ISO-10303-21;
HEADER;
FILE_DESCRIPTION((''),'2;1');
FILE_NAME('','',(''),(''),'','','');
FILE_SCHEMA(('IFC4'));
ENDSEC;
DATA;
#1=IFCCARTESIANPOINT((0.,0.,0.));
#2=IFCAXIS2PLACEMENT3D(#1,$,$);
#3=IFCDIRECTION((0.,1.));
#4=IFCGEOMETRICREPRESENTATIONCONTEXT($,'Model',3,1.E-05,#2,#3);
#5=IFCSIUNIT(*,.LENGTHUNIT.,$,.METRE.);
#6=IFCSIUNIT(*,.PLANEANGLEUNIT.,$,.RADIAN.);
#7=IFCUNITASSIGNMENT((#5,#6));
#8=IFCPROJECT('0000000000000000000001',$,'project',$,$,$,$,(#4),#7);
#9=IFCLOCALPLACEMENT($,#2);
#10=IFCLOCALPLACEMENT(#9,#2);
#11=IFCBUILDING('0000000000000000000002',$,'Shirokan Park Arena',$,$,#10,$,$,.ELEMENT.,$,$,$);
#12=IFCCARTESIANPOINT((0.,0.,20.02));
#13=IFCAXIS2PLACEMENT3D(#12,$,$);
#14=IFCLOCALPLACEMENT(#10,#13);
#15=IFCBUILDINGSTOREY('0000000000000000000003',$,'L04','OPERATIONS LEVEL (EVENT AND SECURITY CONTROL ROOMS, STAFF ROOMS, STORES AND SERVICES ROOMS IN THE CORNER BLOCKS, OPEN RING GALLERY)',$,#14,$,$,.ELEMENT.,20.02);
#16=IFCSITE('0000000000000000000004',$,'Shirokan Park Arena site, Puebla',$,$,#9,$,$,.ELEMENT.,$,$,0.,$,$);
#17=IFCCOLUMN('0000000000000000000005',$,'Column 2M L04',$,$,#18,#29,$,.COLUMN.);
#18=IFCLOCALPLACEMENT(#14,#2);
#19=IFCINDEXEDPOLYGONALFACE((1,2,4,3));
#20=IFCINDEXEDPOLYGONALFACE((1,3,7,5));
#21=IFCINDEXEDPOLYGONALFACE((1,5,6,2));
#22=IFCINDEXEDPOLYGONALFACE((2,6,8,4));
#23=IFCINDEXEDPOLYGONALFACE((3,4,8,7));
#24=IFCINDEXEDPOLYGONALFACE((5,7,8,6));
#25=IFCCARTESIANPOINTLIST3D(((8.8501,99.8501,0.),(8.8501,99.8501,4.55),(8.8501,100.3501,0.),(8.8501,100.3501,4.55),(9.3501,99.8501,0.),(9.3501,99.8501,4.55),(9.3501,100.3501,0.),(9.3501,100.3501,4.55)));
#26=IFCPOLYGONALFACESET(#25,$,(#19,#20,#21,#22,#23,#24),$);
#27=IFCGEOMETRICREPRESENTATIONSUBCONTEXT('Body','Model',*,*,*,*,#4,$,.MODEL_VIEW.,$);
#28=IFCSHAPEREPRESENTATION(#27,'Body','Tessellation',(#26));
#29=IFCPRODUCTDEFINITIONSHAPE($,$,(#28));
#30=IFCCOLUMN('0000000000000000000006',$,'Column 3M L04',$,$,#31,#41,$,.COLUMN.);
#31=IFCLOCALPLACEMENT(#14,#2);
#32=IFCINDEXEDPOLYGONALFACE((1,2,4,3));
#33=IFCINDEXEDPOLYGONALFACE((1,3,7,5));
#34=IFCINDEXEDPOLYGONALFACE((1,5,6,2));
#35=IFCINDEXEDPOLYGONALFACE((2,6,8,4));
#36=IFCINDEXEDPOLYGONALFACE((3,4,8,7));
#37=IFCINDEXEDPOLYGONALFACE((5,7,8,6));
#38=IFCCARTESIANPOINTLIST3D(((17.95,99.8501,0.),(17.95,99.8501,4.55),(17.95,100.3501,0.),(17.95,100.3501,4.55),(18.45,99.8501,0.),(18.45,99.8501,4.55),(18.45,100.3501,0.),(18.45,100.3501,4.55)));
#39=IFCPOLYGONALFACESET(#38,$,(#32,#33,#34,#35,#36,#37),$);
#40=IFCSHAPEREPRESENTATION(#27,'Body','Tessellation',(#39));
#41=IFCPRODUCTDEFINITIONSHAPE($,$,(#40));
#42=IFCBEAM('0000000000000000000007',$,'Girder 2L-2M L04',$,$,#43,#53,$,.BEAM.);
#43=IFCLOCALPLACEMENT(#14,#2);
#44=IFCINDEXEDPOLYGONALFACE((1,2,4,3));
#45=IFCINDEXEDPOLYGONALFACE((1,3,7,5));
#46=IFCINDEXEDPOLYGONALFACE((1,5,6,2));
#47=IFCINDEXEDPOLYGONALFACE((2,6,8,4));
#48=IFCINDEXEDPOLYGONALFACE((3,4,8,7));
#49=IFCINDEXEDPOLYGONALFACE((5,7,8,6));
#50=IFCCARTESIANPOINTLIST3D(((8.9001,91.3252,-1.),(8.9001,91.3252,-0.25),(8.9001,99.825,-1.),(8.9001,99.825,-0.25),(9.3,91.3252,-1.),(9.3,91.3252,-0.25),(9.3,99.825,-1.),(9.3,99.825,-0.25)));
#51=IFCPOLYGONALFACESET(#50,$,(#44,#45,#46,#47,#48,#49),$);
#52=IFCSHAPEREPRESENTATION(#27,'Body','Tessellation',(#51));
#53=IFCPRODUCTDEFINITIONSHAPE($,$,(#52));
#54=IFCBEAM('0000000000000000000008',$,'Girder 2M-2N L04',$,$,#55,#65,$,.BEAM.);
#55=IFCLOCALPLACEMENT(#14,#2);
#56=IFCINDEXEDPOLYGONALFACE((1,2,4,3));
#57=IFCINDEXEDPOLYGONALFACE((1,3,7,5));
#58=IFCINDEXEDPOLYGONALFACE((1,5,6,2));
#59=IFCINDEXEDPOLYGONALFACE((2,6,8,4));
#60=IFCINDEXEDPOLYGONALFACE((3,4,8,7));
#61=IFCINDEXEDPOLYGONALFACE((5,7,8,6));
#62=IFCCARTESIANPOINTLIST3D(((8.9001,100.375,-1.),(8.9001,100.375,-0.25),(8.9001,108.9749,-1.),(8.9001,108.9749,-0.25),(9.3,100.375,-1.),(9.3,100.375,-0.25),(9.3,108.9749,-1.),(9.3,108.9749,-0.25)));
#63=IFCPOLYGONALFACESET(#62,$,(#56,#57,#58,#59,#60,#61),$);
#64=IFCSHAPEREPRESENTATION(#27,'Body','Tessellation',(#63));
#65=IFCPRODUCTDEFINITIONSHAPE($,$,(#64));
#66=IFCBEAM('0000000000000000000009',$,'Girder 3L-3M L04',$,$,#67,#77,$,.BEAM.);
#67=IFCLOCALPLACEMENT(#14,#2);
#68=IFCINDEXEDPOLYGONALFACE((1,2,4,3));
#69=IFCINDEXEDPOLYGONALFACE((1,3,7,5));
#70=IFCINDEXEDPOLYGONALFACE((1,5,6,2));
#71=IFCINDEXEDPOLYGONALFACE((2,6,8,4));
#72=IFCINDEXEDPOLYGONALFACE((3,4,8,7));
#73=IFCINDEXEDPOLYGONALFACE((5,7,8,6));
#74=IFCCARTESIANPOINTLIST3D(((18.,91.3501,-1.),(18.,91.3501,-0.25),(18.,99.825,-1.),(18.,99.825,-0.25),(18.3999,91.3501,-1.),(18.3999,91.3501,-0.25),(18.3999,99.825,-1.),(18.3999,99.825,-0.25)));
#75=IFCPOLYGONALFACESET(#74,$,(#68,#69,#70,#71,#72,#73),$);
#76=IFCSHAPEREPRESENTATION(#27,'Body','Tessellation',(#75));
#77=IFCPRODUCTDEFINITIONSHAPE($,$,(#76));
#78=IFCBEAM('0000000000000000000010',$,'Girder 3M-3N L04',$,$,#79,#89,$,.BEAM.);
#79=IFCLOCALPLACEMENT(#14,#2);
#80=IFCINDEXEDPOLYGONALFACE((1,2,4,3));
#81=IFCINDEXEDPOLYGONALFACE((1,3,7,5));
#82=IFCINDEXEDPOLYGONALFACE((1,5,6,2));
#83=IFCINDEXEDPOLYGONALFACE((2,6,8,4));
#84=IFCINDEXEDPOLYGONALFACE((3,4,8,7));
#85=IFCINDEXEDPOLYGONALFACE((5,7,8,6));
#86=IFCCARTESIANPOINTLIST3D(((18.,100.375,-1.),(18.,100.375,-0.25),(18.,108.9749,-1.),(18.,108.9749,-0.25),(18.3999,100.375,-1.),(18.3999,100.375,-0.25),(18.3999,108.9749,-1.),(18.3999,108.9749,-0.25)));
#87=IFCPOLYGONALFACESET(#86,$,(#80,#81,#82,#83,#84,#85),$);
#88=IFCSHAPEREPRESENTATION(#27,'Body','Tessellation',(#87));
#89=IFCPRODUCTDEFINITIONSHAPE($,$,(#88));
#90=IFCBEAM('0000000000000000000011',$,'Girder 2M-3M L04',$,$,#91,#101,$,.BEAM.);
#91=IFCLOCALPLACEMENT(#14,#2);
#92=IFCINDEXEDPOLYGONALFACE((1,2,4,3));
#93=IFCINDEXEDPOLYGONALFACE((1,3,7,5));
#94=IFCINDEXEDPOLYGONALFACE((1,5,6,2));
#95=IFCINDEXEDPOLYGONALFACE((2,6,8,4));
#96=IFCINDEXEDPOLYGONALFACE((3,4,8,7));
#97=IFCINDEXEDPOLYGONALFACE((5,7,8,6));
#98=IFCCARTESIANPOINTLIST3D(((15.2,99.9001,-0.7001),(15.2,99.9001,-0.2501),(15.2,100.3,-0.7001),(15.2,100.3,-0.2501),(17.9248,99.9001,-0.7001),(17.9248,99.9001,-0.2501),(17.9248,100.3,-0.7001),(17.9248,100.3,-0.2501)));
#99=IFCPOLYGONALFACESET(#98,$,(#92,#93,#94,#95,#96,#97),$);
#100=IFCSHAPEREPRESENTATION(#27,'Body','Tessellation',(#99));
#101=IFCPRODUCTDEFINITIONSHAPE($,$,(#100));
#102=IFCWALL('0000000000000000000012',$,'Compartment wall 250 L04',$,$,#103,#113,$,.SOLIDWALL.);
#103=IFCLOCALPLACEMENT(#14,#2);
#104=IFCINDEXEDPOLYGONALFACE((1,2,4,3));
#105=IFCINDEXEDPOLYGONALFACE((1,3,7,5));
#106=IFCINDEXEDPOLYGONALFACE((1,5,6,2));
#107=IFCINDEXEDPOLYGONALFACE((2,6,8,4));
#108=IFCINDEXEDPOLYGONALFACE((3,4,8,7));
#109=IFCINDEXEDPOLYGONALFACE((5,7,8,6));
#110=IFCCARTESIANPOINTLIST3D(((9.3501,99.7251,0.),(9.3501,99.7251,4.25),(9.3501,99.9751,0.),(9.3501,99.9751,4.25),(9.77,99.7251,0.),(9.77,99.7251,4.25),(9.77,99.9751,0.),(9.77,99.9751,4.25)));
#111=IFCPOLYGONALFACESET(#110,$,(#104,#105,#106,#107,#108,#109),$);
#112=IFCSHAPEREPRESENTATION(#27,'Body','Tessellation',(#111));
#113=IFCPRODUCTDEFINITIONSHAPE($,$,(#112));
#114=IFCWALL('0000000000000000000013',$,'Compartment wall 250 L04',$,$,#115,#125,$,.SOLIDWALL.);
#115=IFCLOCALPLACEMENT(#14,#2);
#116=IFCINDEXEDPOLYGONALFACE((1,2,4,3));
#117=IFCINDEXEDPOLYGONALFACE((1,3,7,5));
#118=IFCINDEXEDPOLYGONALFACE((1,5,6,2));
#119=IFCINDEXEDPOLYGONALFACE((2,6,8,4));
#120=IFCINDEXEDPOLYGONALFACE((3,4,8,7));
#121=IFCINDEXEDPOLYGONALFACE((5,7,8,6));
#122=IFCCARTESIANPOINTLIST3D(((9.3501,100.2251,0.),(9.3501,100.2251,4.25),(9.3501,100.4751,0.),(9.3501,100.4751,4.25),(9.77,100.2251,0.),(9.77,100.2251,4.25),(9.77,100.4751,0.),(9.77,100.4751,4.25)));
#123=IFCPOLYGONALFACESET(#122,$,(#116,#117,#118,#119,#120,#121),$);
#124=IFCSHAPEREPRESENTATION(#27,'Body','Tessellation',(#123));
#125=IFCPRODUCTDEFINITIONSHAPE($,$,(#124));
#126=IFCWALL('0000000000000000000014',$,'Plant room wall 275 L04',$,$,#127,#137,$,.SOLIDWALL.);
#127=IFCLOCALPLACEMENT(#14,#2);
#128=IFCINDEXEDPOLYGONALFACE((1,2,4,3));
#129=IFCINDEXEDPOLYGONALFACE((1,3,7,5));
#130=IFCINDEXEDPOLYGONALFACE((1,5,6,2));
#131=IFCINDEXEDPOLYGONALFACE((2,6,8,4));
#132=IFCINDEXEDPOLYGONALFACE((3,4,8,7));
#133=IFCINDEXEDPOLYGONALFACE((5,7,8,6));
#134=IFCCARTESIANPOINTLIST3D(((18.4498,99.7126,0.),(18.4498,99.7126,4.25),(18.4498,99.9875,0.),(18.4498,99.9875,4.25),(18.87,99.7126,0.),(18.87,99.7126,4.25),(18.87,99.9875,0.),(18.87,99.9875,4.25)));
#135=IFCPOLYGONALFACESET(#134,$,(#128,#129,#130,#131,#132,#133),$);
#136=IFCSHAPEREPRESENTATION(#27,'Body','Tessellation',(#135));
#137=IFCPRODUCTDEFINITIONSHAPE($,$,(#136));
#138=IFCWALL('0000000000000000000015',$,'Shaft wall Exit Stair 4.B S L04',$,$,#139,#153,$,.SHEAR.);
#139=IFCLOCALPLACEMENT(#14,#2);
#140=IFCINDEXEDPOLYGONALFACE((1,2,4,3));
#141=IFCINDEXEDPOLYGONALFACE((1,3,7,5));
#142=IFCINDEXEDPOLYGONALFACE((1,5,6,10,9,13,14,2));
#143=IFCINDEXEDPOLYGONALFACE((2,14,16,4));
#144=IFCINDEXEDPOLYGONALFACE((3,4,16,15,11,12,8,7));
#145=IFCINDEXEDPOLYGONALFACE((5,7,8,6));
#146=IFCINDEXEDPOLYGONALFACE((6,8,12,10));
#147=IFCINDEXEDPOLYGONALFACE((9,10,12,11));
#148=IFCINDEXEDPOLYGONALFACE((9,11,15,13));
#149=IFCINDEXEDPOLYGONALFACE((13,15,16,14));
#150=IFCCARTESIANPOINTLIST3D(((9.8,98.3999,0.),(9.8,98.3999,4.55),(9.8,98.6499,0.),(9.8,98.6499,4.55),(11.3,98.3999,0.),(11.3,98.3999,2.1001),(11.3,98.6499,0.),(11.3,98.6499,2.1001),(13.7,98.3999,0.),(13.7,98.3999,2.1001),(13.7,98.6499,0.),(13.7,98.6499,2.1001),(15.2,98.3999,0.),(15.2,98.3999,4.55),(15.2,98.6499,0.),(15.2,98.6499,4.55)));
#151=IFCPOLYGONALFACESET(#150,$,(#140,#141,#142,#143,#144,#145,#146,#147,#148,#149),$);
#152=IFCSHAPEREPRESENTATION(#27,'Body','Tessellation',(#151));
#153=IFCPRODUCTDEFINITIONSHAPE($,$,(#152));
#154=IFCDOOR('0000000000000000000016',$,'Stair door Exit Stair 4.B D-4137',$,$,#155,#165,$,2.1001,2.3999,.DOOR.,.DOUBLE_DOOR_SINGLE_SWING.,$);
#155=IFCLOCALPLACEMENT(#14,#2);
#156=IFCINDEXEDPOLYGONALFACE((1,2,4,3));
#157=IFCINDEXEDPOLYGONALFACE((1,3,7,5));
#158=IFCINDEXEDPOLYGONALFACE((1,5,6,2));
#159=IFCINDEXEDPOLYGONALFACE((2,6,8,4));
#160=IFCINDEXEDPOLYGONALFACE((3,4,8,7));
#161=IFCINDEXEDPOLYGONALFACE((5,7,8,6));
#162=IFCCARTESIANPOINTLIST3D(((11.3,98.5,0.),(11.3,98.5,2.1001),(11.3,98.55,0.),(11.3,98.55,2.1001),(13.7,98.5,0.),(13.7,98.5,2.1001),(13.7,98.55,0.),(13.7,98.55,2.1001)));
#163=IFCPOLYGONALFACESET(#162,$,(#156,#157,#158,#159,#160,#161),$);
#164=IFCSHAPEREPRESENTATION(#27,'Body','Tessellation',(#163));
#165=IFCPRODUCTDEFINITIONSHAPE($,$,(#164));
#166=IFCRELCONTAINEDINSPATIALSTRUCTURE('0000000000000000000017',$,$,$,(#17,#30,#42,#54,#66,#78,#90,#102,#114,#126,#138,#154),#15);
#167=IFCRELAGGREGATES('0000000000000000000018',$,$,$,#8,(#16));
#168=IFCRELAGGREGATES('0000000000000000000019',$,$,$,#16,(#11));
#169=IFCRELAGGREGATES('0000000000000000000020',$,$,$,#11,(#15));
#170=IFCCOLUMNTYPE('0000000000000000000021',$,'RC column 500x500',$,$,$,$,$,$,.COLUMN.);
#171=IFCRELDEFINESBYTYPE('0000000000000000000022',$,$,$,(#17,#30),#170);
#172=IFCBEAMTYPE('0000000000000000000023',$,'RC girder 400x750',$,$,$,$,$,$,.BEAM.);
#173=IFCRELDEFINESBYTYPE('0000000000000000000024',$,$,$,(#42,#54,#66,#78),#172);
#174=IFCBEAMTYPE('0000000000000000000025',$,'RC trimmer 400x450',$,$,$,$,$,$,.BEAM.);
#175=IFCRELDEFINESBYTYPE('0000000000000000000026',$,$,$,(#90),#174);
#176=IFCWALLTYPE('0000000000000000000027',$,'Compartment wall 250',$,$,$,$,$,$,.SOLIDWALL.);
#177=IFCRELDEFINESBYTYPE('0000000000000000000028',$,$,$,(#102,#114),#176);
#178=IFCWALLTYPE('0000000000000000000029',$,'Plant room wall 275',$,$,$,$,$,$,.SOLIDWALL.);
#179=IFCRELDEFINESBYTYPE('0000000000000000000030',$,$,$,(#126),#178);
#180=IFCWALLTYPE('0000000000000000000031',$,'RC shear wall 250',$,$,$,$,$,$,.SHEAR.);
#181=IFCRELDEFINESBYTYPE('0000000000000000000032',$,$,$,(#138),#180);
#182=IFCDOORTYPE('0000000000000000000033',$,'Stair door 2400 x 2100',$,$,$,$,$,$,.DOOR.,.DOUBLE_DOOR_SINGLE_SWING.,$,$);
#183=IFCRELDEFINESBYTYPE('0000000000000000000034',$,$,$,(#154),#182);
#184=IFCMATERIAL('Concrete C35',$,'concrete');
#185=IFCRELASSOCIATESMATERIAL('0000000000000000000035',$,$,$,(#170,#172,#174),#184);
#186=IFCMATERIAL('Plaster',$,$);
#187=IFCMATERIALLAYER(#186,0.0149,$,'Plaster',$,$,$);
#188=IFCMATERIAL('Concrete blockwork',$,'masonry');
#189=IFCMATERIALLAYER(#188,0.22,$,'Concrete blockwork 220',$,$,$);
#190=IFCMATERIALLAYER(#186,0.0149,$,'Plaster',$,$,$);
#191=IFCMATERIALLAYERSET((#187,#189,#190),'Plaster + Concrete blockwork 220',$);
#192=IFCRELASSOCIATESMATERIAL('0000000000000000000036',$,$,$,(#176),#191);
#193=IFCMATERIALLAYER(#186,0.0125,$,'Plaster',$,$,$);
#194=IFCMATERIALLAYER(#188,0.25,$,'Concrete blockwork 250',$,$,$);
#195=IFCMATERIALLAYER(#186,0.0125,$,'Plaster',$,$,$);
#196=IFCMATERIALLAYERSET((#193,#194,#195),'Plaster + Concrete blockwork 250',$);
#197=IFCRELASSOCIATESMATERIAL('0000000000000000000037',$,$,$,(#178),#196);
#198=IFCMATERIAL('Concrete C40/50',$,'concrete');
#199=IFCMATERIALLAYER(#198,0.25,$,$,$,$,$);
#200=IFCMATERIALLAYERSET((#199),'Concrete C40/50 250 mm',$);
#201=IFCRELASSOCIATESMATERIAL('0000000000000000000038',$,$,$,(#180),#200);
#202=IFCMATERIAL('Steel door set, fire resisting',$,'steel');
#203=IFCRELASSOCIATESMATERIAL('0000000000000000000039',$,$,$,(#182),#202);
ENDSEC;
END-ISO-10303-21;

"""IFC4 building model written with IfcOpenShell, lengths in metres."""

from ifc_helpers import new_model, si_unit, direction, frame, frame_2d, origin, origin_2d, place, context, subcontext, project, spatial, rectangle, extrude, material, layer, layer_set, material_profile, profile_set, type_object, element, fill, save


model = new_model("IFC4")

# Units and contexts
model_context = context("Model", 3, precision=1e-05, world=origin(), true_north=direction((0.0, 1.0)))
body_context = subcontext(model_context, "Body", "Model", "MODEL_VIEW")
ifc_project = project(units=[si_unit("LENGTHUNIT", "METRE"), si_unit("PLANEANGLEUNIT", "RADIAN")], contexts=[model_context])

# Site, building, storey
site_placement = place(None, origin())
site = spatial("IfcSite", under=ifc_project, at=site_placement, Name="Shirokan Park Arena site, Puebla", CompositionType="ELEMENT", RefElevation=0.0)
building_placement = place(site_placement, origin())
building = spatial("IfcBuilding", under=site, at=building_placement, Name="Shirokan Park Arena", CompositionType="ELEMENT")
storey_placement = place(building_placement, frame((0.0, 0.0, 20.02)))
storey = spatial("IfcBuildingStorey", under=building, at=storey_placement, Name="L04", Description="OPERATIONS LEVEL (EVENT AND SECURITY CONTROL ROOMS, STAFF ROOMS, STORES AND SERVICES ROOMS IN THE CORNER BLOCKS, OPEN RING GALLERY)", CompositionType="ELEMENT", Elevation=20.02)

# Columns
ifc_material_1 = material(Name="Concrete C35", Category="concrete")
ifc_material_profile_1 = material_profile(ifc_material_1, rectangle(XDim=0.5, YDim=0.5, at=origin_2d()), Name="500x500")
ifc_profile_set_1 = profile_set([ifc_material_profile_1], Name="Concrete C35")
column_type = type_object("IfcColumnType", Name="RC column 500x500", PredefinedType="COLUMN", material=ifc_profile_set_1)
for number, where, z_axis, x_axis, name in (
    (1, (9.1001, 100.1001, 0.0), (0.0, 0.0, 1.0), (1.0, 0.0, 0.0), "Column 2M L04"),
    (2, (18.2, 100.1001, 0.0), (0.0, 0.0, 1.0), (1.0, 0.0, 0.0), "Column 3M L04"),
):
    element("IfcColumn", number, at=place(storey_placement, frame(where, z_axis=z_axis, x_axis=x_axis)), inside=storey, type_object=column_type, Name=name, PredefinedType="COLUMN", context=body_context, shape_type="SweptSolid", body=[
        extrude(rectangle(XDim=0.5, YDim=0.5, at=origin_2d()), origin(), (0.0, 0.0, 1.0), 4.55),
    ])

# Beams
ifc_material_profile_2 = material_profile(ifc_material_1, rectangle(XDim=0.3999, YDim=0.75, at=origin_2d()), Name="400x750")
ifc_profile_set_2 = profile_set([ifc_material_profile_2], Name="Concrete C35")
beam_type_1 = type_object("IfcBeamType", Name="RC girder 400x750", PredefinedType="BEAM", material=ifc_profile_set_2)
beam_1_placement = place(storey_placement, frame((9.1001, 91.3252, -0.625), z_axis=(0.0, 1.0, 0.0), x_axis=(-1.0, 0.0, 0.0)))
element("IfcBeam", 3, at=beam_1_placement, inside=storey, type_object=beam_type_1, Name="Girder 2L-2M L04", PredefinedType="BEAM", context=body_context, shape_type="SweptSolid", body=[
    extrude(rectangle(XDim=0.3999, YDim=0.75, at=origin_2d()), origin(), (0.0, 0.0, 1.0), 8.4998),
])
beam_2_placement = place(storey_placement, frame((9.1001, 100.375, -0.625), z_axis=(0.0, 1.0, 0.0), x_axis=(-1.0, 0.0, 0.0)))
element("IfcBeam", 4, at=beam_2_placement, inside=storey, type_object=beam_type_1, Name="Girder 2M-2N L04", PredefinedType="BEAM", context=body_context, shape_type="SweptSolid", body=[
    extrude(rectangle(XDim=0.3999, YDim=0.75, at=origin_2d()), origin(), (0.0, 0.0, 1.0), 8.5999),
])
beam_3_placement = place(storey_placement, frame((18.2, 91.3501, -0.625), z_axis=(0.0, 1.0, 0.0), x_axis=(-1.0, 0.0, 0.0)))
element("IfcBeam", 5, at=beam_3_placement, inside=storey, type_object=beam_type_1, Name="Girder 3L-3M L04", PredefinedType="BEAM", context=body_context, shape_type="SweptSolid", body=[
    extrude(rectangle(XDim=0.3999, YDim=0.75, at=origin_2d()), origin(), (0.0, 0.0, 1.0), 8.4749),
])
beam_4_placement = place(storey_placement, frame((18.2, 100.375, -0.625), z_axis=(0.0, 1.0, 0.0), x_axis=(-1.0, 0.0, 0.0)))
element("IfcBeam", 6, at=beam_4_placement, inside=storey, type_object=beam_type_1, Name="Girder 3M-3N L04", PredefinedType="BEAM", context=body_context, shape_type="SweptSolid", body=[
    extrude(rectangle(XDim=0.3999, YDim=0.75, at=origin_2d()), origin(), (0.0, 0.0, 1.0), 8.5999),
])
ifc_material_profile_3 = material_profile(ifc_material_1, rectangle(XDim=0.3999, YDim=0.45, at=origin_2d()), Name="400x450")
ifc_profile_set_3 = profile_set([ifc_material_profile_3], Name="Concrete C35")
beam_type_2 = type_object("IfcBeamType", Name="RC trimmer 400x450", PredefinedType="BEAM", material=ifc_profile_set_3)
beam_5_placement = place(storey_placement, frame((15.2, 100.1001, -0.4751), z_axis=(1.0, 0.0, 0.0), x_axis=(0.0, 1.0, 0.0)))
element("IfcBeam", 7, at=beam_5_placement, inside=storey, type_object=beam_type_2, Name="Girder 2M-3M L04", PredefinedType="BEAM", context=body_context, shape_type="SweptSolid", body=[
    extrude(rectangle(XDim=0.3999, YDim=0.45, at=origin_2d()), origin(), (0.0, 0.0, 1.0), 2.7249),
])

# Walls
ifc_material_2 = material(Name="Plaster")
ifc_layer_1 = layer(ifc_material_2, 0.0149, Name="Plaster")
ifc_material_3 = material(Name="Concrete blockwork", Category="masonry")
ifc_layer_2 = layer(ifc_material_3, 0.22, Name="Concrete blockwork 220")
ifc_layer_3 = layer(ifc_material_2, 0.0149, Name="Plaster")
ifc_layer_set_1 = layer_set([ifc_layer_1, ifc_layer_2, ifc_layer_3], Name="Plaster + Concrete blockwork 220")
wall_type_1 = type_object("IfcWallType", Name="Compartment wall 250", PredefinedType="SOLIDWALL", material=ifc_layer_set_1)
for number, where, z_axis, x_axis, name in (
    (8, (9.3501, 99.8501, 0.0), (0.0, 0.0, 1.0), (1.0, 0.0, 0.0), "Compartment wall 250 L04"),
    (9, (9.77, 100.3501, 0.0), (0.0, 0.0, 1.0), (-1.0, 0.0, 0.0), "Compartment wall 250 L04"),
):
    element("IfcWall", number, at=place(storey_placement, frame(where, z_axis=z_axis, x_axis=x_axis)), inside=storey, type_object=wall_type_1, Name=name, PredefinedType="SOLIDWALL", context=body_context, shape_type="SweptSolid", body=[
        extrude(rectangle(XDim=0.4199, YDim=0.25, at=frame_2d((0.21, 0.0))), origin(), (0.0, 0.0, 1.0), 4.25),
    ])

# Shared definitions
ifc_layer_4 = layer(ifc_material_2, 0.0125, Name="Plaster")
ifc_layer_5 = layer(ifc_material_3, 0.25, Name="Concrete blockwork 250")
ifc_layer_6 = layer(ifc_material_2, 0.0125, Name="Plaster")
ifc_layer_set_2 = layer_set([ifc_layer_4, ifc_layer_5, ifc_layer_6], Name="Plaster + Concrete blockwork 250")
wall_type_2 = type_object("IfcWallType", Name="Plant room wall 275", PredefinedType="SOLIDWALL", material=ifc_layer_set_2)

# Wall
wall_1_placement = place(storey_placement, frame((18.45, 99.8501, 0.0), z_axis=(0.0, 0.0, 1.0), x_axis=(1.0, 0.0, 0.0)))
element("IfcWall", 10, at=wall_1_placement, inside=storey, type_object=wall_type_2, Name="Plant room wall 275 L04", PredefinedType="SOLIDWALL", context=body_context, shape_type="SweptSolid", body=[
    extrude(rectangle(XDim=0.4202, YDim=0.2749, at=frame_2d((0.21, 0.0))), origin(), (0.0, 0.0, 1.0), 4.25),
])

# Wall, opening, door
ifc_material_4 = material(Name="Concrete C40/50", Category="concrete")
ifc_layer_7 = layer(ifc_material_4, 0.25)
ifc_layer_set_3 = layer_set([ifc_layer_7], Name="Concrete C40/50 250 mm")
wall_type_3 = type_object("IfcWallType", Name="RC shear wall 250", PredefinedType="SHEAR", material=ifc_layer_set_3)
wall_2_placement = place(storey_placement, frame((15.2, 98.5249, 0.0), z_axis=(0.0, 0.0, 1.0), x_axis=(-1.0, 0.0, 0.0)))
wall_2 = element("IfcWall", 11, at=wall_2_placement, inside=storey, type_object=wall_type_3, Name="Shaft wall Exit Stair 4.B S L04", PredefinedType="SHEAR", context=body_context, shape_type="SweptSolid", body=[
    extrude(rectangle(XDim=5.3999, YDim=0.25, at=frame_2d((2.7, 0.0))), origin(), (0.0, 0.0, 1.0), 4.55),
])
opening_1_placement = place(wall_2_placement, frame((1.5, 0.0, 0.0)))
opening_1 = element("IfcOpeningElement", 12, at=opening_1_placement, cuts=wall_2, PredefinedType="OPENING", context=body_context, shape_type="SweptSolid", body=[
    extrude(rectangle(XDim=2.3999, YDim=2.1001, at=frame_2d((1.2, 1.05))), frame((0.0, 0.135, 0.0), z_axis=(0.0, -1.0, 0.0), x_axis=(1.0, 0.0, 0.0)), (0.0, 0.0, 1.0), 0.27),
])
ifc_material_5 = material(Name="Steel door set, fire resisting", Category="steel")
door_type_1 = type_object("IfcDoorType", Name="Stair door 2400 x 2100", OperationType="DOUBLE_DOOR_SINGLE_SWING", PredefinedType="DOOR", material=ifc_material_5)
door_1_placement = place(opening_1_placement, origin())
door_1 = element("IfcDoor", 13, at=door_1_placement, inside=storey, type_object=door_type_1, Name="Stair door Exit Stair 4.B D-4137", OperationType="DOUBLE_DOOR_SINGLE_SWING", OverallHeight=2.1001, OverallWidth=2.3999, PredefinedType="DOOR", context=body_context, shape_type="SweptSolid", body=[
    extrude(rectangle(XDim=2.3999, YDim=2.1001, at=frame_2d((1.2, 1.05))), frame((0.0, 0.0249, 0.0), z_axis=(0.0, -1.0, 0.0), x_axis=(1.0, 0.0, 0.0)), (0.0, 0.0, 1.0), 0.05),
])
fill(opening_1, door_1)

save(model, "model.ifc")
